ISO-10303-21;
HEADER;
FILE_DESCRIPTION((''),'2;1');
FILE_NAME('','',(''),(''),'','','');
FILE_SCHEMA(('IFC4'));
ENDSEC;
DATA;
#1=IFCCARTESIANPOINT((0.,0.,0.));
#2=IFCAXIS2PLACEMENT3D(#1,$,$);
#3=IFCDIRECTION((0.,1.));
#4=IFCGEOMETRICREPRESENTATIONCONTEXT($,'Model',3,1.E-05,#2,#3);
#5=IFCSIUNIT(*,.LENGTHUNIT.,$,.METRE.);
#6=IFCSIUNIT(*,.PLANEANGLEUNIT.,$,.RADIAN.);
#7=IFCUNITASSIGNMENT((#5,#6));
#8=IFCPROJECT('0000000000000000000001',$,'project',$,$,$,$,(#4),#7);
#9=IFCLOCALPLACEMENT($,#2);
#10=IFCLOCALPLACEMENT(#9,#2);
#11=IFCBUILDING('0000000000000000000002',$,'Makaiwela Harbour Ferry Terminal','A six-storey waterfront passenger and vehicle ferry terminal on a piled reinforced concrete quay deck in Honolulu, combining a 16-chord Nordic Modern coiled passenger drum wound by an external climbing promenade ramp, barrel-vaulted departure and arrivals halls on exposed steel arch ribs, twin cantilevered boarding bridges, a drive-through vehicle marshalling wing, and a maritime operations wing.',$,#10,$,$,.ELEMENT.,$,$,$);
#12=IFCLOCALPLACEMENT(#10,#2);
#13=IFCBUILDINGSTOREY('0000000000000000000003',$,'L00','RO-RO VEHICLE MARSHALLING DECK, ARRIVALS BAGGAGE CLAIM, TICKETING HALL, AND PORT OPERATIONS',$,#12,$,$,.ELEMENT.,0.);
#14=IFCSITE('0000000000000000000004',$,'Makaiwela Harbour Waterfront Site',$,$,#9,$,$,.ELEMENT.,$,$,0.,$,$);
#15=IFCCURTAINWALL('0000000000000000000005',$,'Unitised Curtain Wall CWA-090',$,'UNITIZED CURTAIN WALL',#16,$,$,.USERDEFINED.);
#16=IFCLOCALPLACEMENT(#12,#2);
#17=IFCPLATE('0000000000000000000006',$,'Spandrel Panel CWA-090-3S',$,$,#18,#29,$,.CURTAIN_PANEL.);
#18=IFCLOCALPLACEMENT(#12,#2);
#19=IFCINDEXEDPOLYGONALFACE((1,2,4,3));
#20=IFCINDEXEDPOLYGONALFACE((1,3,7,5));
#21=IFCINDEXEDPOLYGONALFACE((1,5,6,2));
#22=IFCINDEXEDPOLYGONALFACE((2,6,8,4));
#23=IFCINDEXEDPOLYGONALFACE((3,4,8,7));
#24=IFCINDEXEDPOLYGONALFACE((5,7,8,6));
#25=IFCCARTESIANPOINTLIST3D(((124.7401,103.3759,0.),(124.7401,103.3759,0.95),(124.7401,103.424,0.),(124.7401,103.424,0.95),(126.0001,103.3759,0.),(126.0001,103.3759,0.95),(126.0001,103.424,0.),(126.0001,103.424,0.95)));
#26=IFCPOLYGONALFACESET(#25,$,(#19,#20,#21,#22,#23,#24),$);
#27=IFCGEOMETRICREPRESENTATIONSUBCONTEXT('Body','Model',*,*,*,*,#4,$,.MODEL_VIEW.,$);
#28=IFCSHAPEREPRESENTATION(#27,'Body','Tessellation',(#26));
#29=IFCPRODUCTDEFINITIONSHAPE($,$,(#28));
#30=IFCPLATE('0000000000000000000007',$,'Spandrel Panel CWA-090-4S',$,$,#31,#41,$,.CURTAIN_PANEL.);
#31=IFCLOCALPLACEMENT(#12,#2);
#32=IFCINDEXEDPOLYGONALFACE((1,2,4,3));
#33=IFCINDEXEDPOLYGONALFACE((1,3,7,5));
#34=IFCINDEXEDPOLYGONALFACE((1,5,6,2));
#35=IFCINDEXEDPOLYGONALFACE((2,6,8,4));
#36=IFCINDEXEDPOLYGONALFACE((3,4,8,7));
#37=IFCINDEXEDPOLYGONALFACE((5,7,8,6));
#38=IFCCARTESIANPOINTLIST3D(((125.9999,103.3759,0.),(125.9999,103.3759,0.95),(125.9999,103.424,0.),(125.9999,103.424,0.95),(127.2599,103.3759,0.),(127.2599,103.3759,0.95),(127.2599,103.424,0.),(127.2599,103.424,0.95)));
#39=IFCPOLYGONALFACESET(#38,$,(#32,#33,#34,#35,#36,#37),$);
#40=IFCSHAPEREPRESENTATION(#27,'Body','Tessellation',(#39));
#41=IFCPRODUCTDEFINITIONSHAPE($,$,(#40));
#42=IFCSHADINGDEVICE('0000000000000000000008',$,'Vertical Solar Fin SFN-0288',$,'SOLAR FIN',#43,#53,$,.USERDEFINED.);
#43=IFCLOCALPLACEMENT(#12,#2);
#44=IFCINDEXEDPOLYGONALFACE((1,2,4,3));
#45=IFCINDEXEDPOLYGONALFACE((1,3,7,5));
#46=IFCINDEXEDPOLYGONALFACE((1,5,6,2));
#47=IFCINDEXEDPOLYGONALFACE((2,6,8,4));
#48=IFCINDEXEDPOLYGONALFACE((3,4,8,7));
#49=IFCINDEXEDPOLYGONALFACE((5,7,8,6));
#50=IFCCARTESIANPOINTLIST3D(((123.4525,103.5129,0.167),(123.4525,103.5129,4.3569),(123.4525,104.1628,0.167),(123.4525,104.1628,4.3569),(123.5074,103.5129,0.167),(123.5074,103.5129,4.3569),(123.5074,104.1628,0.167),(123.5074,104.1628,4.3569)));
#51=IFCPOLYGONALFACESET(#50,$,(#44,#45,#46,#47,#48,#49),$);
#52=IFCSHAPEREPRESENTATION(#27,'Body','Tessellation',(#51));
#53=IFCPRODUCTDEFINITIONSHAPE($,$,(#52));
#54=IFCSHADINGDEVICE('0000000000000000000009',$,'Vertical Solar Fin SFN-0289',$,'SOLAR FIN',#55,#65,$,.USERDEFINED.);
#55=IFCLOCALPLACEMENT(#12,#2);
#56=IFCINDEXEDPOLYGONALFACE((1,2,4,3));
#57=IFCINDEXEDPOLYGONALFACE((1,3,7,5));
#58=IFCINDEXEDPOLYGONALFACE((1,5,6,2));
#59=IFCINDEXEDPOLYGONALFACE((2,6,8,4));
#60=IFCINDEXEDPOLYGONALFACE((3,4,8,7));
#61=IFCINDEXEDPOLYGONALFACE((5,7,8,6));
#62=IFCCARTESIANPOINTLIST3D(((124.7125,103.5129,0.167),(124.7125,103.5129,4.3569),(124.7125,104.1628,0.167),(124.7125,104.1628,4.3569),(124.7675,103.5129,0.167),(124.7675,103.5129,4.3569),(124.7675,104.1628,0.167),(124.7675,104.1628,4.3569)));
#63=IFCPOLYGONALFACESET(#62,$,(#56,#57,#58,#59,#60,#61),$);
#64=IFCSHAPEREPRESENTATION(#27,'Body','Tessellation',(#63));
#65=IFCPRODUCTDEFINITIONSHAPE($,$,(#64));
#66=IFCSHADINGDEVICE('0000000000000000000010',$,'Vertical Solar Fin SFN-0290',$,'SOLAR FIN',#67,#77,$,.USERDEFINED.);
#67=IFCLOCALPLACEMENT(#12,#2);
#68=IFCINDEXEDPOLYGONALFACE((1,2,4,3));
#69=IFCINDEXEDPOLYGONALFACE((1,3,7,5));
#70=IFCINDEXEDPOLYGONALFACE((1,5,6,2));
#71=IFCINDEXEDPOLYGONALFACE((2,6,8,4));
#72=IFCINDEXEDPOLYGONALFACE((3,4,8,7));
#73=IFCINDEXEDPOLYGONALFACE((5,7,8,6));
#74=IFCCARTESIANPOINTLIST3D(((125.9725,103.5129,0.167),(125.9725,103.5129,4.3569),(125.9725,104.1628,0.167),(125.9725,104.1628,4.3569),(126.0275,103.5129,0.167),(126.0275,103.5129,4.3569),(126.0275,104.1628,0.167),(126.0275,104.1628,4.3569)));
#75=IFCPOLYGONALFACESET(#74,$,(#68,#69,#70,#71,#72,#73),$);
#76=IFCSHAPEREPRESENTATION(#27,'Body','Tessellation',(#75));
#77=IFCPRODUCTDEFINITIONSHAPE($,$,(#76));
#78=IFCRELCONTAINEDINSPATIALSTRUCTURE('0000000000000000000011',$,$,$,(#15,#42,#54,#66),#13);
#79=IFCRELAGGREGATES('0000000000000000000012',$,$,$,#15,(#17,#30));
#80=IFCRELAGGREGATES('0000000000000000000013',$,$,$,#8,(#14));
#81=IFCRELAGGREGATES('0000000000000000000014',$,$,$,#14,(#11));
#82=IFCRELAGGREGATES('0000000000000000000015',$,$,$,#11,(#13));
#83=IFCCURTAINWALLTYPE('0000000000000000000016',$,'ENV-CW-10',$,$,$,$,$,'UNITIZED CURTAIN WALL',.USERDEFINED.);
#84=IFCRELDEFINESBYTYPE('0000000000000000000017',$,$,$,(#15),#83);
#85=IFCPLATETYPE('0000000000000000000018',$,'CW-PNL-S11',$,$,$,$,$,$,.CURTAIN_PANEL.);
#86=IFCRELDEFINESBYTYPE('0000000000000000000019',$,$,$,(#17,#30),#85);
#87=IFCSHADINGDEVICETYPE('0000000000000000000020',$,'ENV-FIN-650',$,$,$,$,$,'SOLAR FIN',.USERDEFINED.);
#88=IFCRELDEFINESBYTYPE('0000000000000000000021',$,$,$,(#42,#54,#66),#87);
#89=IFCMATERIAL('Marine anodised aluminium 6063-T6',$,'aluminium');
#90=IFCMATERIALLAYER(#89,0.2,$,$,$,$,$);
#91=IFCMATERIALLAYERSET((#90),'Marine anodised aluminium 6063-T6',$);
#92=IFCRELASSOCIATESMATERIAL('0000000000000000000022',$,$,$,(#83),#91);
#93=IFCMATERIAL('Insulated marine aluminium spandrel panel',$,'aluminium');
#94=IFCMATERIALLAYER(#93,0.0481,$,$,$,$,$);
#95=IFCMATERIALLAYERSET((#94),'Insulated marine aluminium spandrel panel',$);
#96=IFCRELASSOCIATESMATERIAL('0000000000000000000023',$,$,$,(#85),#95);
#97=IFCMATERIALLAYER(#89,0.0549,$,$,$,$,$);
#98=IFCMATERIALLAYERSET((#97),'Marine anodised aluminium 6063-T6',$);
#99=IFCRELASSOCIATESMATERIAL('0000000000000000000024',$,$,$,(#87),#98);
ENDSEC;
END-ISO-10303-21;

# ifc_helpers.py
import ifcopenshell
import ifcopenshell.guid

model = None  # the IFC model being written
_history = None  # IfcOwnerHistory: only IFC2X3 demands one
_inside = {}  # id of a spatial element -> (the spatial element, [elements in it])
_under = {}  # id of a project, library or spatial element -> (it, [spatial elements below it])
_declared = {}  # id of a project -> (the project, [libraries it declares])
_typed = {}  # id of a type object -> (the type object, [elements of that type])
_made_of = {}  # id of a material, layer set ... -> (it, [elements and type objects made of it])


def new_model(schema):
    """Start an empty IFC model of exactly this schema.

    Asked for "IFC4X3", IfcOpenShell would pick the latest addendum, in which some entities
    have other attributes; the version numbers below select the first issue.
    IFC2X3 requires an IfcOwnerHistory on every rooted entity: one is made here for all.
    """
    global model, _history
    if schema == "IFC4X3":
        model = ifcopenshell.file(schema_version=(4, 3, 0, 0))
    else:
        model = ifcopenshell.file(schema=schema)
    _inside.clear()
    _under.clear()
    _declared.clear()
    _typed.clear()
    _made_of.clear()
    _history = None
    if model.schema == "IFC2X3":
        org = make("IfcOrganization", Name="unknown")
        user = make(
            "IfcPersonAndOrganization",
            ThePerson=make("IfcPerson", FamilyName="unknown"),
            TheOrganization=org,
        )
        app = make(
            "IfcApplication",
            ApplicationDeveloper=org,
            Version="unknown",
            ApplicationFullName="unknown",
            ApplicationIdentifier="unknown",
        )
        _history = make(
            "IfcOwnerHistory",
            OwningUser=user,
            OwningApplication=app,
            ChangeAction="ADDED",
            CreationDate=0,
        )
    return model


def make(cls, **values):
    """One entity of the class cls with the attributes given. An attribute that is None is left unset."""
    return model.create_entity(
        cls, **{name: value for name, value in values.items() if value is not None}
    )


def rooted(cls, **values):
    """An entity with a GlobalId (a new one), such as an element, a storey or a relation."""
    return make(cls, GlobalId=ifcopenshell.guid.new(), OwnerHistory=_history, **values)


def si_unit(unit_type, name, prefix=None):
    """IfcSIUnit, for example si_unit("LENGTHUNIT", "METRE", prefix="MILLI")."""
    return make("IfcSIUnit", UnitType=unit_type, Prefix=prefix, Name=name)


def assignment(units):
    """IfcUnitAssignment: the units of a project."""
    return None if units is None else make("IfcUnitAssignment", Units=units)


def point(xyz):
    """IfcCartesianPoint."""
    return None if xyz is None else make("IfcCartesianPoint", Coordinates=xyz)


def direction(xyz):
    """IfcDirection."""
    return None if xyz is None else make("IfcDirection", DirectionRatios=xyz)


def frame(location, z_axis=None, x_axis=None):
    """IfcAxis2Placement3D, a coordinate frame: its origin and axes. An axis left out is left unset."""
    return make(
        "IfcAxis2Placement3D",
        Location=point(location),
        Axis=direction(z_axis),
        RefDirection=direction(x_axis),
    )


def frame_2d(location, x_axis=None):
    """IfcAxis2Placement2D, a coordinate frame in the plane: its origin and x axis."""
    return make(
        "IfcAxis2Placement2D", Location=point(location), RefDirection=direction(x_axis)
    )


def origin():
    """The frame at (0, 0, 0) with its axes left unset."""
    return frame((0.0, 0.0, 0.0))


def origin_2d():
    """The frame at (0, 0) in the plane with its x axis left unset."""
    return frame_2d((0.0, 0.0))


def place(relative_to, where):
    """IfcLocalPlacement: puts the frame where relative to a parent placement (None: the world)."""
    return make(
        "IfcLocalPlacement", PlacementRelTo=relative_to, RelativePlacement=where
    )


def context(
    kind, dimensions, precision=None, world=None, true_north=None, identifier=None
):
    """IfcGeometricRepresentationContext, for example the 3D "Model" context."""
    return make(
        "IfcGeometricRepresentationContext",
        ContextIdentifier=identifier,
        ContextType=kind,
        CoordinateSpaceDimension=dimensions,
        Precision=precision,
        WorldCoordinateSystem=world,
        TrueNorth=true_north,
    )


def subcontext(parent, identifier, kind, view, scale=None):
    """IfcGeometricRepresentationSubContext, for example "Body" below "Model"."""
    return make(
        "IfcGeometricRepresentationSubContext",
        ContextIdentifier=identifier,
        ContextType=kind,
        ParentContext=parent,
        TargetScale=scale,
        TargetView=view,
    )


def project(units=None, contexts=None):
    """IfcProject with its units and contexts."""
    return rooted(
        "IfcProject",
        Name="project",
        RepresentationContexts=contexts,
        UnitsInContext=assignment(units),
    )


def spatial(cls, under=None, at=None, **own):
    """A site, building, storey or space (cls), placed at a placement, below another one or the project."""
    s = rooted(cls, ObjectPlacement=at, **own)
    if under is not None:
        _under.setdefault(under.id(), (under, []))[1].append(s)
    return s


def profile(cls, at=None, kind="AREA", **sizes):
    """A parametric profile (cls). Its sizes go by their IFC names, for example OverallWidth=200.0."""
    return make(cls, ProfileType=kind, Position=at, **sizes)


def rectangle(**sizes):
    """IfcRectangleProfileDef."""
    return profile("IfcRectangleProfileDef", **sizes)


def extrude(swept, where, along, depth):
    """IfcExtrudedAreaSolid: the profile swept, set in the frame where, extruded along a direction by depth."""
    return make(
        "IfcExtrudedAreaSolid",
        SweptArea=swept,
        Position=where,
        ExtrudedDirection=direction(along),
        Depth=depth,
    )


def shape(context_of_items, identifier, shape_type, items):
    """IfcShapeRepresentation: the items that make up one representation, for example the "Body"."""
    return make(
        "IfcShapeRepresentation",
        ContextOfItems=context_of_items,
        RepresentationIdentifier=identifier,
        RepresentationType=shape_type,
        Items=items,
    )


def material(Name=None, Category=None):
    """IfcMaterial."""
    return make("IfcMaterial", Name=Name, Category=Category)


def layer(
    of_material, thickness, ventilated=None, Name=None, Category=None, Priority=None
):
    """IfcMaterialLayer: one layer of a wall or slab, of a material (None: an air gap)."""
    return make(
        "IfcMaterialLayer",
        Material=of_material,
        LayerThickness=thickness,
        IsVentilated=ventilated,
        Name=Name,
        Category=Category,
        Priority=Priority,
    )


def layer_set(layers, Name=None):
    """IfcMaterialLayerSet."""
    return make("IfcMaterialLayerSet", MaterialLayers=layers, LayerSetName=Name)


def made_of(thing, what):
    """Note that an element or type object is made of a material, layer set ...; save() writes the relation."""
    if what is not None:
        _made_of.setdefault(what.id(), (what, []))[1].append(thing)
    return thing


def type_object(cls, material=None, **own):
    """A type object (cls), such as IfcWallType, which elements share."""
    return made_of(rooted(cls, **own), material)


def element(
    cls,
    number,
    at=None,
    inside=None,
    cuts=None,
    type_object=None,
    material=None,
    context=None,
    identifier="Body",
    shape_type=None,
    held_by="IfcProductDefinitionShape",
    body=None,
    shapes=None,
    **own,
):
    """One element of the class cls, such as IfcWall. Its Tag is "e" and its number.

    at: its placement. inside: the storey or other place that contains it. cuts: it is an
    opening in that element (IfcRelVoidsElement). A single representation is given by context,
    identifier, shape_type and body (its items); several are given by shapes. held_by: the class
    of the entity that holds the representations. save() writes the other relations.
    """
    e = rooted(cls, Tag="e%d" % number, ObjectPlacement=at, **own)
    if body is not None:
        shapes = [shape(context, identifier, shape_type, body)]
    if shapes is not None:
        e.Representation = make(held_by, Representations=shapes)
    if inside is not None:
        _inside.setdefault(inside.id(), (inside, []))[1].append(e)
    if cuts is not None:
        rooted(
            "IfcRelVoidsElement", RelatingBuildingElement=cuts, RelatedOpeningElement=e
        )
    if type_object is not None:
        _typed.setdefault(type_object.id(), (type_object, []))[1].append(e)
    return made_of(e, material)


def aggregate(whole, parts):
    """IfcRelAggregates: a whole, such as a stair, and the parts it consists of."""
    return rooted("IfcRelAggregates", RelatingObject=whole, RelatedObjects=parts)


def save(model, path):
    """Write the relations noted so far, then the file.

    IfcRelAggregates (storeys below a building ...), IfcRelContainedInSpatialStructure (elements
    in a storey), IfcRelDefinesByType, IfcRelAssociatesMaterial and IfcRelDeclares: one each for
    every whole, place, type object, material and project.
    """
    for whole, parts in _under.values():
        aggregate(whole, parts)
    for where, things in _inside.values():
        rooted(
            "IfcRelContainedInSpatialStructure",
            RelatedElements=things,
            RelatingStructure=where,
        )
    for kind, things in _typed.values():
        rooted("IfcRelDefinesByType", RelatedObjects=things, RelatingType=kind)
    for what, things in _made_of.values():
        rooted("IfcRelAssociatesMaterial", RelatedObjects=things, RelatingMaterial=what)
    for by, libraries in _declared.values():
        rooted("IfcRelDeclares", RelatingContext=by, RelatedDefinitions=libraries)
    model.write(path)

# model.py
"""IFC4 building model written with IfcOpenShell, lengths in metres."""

from ifc_helpers import new_model, si_unit, direction, frame, origin, origin_2d, place, context, subcontext, project, spatial, rectangle, extrude, material, layer, layer_set, type_object, element, aggregate, save


model = new_model("IFC4")

# Units and contexts
model_context = context("Model", 3, precision=1e-05, world=origin(), true_north=direction((0.0, 1.0)))
body_context = subcontext(model_context, "Body", "Model", "MODEL_VIEW")
ifc_project = project(units=[si_unit("LENGTHUNIT", "METRE"), si_unit("PLANEANGLEUNIT", "RADIAN")], contexts=[model_context])

# Site, building, storey
site_placement = place(None, origin())
site = spatial("IfcSite", under=ifc_project, at=site_placement, Name="Makaiwela Harbour Waterfront Site", CompositionType="ELEMENT", RefElevation=0.0)
building_placement = place(site_placement, origin())
building = spatial("IfcBuilding", under=site, at=building_placement, Name="Makaiwela Harbour Ferry Terminal", Description="A six-storey waterfront passenger and vehicle ferry terminal on a piled reinforced concrete quay deck in Honolulu, combining a 16-chord Nordic Modern coiled passenger drum wound by an external climbing promenade ramp, barrel-vaulted departure and arrivals halls on exposed steel arch ribs, twin cantilevered boarding bridges, a drive-through vehicle marshalling wing, and a maritime operations wing.", CompositionType="ELEMENT")
storey_placement = place(building_placement, origin())
storey = spatial("IfcBuildingStorey", under=building, at=storey_placement, Name="L00", Description="RO-RO VEHICLE MARSHALLING DECK, ARRIVALS BAGGAGE CLAIM, TICKETING HALL, AND PORT OPERATIONS", CompositionType="ELEMENT", Elevation=0.0)

# Curtain wall, plates
ifc_material_1 = material(Name="Marine anodised aluminium 6063-T6", Category="aluminium")
ifc_layer_1 = layer(ifc_material_1, 0.2)
ifc_layer_set_1 = layer_set([ifc_layer_1], Name="Marine anodised aluminium 6063-T6")
curtain_wall_type = type_object("IfcCurtainWallType", Name="ENV-CW-10", ElementType="UNITIZED CURTAIN WALL", PredefinedType="USERDEFINED", material=ifc_layer_set_1)
curtain_wall_placement = place(storey_placement, origin())
curtain_wall = element("IfcCurtainWall", 1, at=curtain_wall_placement, inside=storey, type_object=curtain_wall_type, Name="Unitised Curtain Wall CWA-090", ObjectType="UNITIZED CURTAIN WALL", PredefinedType="USERDEFINED")
ifc_material_2 = material(Name="Insulated marine aluminium spandrel panel", Category="aluminium")
ifc_layer_2 = layer(ifc_material_2, 0.0481)
ifc_layer_set_2 = layer_set([ifc_layer_2], Name="Insulated marine aluminium spandrel panel")
plate_type_1 = type_object("IfcPlateType", Name="CW-PNL-S11", PredefinedType="CURTAIN_PANEL", material=ifc_layer_set_2)
plate_1_placement = place(storey_placement, frame((125.3701, 103.3999, 0.0), z_axis=(0.0, 0.0, 1.0), x_axis=(1.0, 0.0, 0.0)))
plate_1 = element("IfcPlate", 2, at=plate_1_placement, type_object=plate_type_1, Name="Spandrel Panel CWA-090-3S", PredefinedType="CURTAIN_PANEL", context=body_context, shape_type="SweptSolid", body=[
    extrude(rectangle(XDim=1.26, YDim=0.0481, at=origin_2d()), origin(), (0.0, 0.0, 1.0), 0.95),
])
plate_2_placement = place(storey_placement, frame((126.6299, 103.3999, 0.0), z_axis=(0.0, 0.0, 1.0), x_axis=(1.0, 0.0, 0.0)))
plate_2 = element("IfcPlate", 3, at=plate_2_placement, type_object=plate_type_1, Name="Spandrel Panel CWA-090-4S", PredefinedType="CURTAIN_PANEL", context=body_context, shape_type="SweptSolid", body=[
    extrude(rectangle(XDim=1.26, YDim=0.0481, at=origin_2d()), origin(), (0.0, 0.0, 1.0), 0.95),
])
aggregate(curtain_wall, [plate_1, plate_2])

# Shading devices
ifc_layer_3 = layer(ifc_material_1, 0.0549)
ifc_layer_set_3 = layer_set([ifc_layer_3], Name="Marine anodised aluminium 6063-T6")
shading_device_type = type_object("IfcShadingDeviceType", Name="ENV-FIN-650", ElementType="SOLAR FIN", PredefinedType="USERDEFINED", material=ifc_layer_set_3)
for number, where, z_axis, x_axis, name in (
    (4, (123.48, 103.8379, 0.167), (0.0, 0.0, 1.0), (0.0, 1.0, 0.0), "Vertical Solar Fin SFN-0288"),
    (5, (124.74, 103.8379, 0.167), (0.0, 0.0, 1.0), (0.0, 1.0, 0.0), "Vertical Solar Fin SFN-0289"),
    (6, (126.0, 103.8379, 0.167), (0.0, 0.0, 1.0), (0.0, 1.0, 0.0), "Vertical Solar Fin SFN-0290"),
):
    element("IfcShadingDevice", number, at=place(storey_placement, frame(where, z_axis=z_axis, x_axis=x_axis)), inside=storey, type_object=shading_device_type, Name=name, ObjectType="SOLAR FIN", PredefinedType="USERDEFINED", context=body_context, shape_type="SweptSolid", body=[
        extrude(rectangle(XDim=0.6499, YDim=0.0549, at=origin_2d()), origin(), (0.0, 0.0, 1.0), 4.1899),
    ])

save(model, "model.ifc")
